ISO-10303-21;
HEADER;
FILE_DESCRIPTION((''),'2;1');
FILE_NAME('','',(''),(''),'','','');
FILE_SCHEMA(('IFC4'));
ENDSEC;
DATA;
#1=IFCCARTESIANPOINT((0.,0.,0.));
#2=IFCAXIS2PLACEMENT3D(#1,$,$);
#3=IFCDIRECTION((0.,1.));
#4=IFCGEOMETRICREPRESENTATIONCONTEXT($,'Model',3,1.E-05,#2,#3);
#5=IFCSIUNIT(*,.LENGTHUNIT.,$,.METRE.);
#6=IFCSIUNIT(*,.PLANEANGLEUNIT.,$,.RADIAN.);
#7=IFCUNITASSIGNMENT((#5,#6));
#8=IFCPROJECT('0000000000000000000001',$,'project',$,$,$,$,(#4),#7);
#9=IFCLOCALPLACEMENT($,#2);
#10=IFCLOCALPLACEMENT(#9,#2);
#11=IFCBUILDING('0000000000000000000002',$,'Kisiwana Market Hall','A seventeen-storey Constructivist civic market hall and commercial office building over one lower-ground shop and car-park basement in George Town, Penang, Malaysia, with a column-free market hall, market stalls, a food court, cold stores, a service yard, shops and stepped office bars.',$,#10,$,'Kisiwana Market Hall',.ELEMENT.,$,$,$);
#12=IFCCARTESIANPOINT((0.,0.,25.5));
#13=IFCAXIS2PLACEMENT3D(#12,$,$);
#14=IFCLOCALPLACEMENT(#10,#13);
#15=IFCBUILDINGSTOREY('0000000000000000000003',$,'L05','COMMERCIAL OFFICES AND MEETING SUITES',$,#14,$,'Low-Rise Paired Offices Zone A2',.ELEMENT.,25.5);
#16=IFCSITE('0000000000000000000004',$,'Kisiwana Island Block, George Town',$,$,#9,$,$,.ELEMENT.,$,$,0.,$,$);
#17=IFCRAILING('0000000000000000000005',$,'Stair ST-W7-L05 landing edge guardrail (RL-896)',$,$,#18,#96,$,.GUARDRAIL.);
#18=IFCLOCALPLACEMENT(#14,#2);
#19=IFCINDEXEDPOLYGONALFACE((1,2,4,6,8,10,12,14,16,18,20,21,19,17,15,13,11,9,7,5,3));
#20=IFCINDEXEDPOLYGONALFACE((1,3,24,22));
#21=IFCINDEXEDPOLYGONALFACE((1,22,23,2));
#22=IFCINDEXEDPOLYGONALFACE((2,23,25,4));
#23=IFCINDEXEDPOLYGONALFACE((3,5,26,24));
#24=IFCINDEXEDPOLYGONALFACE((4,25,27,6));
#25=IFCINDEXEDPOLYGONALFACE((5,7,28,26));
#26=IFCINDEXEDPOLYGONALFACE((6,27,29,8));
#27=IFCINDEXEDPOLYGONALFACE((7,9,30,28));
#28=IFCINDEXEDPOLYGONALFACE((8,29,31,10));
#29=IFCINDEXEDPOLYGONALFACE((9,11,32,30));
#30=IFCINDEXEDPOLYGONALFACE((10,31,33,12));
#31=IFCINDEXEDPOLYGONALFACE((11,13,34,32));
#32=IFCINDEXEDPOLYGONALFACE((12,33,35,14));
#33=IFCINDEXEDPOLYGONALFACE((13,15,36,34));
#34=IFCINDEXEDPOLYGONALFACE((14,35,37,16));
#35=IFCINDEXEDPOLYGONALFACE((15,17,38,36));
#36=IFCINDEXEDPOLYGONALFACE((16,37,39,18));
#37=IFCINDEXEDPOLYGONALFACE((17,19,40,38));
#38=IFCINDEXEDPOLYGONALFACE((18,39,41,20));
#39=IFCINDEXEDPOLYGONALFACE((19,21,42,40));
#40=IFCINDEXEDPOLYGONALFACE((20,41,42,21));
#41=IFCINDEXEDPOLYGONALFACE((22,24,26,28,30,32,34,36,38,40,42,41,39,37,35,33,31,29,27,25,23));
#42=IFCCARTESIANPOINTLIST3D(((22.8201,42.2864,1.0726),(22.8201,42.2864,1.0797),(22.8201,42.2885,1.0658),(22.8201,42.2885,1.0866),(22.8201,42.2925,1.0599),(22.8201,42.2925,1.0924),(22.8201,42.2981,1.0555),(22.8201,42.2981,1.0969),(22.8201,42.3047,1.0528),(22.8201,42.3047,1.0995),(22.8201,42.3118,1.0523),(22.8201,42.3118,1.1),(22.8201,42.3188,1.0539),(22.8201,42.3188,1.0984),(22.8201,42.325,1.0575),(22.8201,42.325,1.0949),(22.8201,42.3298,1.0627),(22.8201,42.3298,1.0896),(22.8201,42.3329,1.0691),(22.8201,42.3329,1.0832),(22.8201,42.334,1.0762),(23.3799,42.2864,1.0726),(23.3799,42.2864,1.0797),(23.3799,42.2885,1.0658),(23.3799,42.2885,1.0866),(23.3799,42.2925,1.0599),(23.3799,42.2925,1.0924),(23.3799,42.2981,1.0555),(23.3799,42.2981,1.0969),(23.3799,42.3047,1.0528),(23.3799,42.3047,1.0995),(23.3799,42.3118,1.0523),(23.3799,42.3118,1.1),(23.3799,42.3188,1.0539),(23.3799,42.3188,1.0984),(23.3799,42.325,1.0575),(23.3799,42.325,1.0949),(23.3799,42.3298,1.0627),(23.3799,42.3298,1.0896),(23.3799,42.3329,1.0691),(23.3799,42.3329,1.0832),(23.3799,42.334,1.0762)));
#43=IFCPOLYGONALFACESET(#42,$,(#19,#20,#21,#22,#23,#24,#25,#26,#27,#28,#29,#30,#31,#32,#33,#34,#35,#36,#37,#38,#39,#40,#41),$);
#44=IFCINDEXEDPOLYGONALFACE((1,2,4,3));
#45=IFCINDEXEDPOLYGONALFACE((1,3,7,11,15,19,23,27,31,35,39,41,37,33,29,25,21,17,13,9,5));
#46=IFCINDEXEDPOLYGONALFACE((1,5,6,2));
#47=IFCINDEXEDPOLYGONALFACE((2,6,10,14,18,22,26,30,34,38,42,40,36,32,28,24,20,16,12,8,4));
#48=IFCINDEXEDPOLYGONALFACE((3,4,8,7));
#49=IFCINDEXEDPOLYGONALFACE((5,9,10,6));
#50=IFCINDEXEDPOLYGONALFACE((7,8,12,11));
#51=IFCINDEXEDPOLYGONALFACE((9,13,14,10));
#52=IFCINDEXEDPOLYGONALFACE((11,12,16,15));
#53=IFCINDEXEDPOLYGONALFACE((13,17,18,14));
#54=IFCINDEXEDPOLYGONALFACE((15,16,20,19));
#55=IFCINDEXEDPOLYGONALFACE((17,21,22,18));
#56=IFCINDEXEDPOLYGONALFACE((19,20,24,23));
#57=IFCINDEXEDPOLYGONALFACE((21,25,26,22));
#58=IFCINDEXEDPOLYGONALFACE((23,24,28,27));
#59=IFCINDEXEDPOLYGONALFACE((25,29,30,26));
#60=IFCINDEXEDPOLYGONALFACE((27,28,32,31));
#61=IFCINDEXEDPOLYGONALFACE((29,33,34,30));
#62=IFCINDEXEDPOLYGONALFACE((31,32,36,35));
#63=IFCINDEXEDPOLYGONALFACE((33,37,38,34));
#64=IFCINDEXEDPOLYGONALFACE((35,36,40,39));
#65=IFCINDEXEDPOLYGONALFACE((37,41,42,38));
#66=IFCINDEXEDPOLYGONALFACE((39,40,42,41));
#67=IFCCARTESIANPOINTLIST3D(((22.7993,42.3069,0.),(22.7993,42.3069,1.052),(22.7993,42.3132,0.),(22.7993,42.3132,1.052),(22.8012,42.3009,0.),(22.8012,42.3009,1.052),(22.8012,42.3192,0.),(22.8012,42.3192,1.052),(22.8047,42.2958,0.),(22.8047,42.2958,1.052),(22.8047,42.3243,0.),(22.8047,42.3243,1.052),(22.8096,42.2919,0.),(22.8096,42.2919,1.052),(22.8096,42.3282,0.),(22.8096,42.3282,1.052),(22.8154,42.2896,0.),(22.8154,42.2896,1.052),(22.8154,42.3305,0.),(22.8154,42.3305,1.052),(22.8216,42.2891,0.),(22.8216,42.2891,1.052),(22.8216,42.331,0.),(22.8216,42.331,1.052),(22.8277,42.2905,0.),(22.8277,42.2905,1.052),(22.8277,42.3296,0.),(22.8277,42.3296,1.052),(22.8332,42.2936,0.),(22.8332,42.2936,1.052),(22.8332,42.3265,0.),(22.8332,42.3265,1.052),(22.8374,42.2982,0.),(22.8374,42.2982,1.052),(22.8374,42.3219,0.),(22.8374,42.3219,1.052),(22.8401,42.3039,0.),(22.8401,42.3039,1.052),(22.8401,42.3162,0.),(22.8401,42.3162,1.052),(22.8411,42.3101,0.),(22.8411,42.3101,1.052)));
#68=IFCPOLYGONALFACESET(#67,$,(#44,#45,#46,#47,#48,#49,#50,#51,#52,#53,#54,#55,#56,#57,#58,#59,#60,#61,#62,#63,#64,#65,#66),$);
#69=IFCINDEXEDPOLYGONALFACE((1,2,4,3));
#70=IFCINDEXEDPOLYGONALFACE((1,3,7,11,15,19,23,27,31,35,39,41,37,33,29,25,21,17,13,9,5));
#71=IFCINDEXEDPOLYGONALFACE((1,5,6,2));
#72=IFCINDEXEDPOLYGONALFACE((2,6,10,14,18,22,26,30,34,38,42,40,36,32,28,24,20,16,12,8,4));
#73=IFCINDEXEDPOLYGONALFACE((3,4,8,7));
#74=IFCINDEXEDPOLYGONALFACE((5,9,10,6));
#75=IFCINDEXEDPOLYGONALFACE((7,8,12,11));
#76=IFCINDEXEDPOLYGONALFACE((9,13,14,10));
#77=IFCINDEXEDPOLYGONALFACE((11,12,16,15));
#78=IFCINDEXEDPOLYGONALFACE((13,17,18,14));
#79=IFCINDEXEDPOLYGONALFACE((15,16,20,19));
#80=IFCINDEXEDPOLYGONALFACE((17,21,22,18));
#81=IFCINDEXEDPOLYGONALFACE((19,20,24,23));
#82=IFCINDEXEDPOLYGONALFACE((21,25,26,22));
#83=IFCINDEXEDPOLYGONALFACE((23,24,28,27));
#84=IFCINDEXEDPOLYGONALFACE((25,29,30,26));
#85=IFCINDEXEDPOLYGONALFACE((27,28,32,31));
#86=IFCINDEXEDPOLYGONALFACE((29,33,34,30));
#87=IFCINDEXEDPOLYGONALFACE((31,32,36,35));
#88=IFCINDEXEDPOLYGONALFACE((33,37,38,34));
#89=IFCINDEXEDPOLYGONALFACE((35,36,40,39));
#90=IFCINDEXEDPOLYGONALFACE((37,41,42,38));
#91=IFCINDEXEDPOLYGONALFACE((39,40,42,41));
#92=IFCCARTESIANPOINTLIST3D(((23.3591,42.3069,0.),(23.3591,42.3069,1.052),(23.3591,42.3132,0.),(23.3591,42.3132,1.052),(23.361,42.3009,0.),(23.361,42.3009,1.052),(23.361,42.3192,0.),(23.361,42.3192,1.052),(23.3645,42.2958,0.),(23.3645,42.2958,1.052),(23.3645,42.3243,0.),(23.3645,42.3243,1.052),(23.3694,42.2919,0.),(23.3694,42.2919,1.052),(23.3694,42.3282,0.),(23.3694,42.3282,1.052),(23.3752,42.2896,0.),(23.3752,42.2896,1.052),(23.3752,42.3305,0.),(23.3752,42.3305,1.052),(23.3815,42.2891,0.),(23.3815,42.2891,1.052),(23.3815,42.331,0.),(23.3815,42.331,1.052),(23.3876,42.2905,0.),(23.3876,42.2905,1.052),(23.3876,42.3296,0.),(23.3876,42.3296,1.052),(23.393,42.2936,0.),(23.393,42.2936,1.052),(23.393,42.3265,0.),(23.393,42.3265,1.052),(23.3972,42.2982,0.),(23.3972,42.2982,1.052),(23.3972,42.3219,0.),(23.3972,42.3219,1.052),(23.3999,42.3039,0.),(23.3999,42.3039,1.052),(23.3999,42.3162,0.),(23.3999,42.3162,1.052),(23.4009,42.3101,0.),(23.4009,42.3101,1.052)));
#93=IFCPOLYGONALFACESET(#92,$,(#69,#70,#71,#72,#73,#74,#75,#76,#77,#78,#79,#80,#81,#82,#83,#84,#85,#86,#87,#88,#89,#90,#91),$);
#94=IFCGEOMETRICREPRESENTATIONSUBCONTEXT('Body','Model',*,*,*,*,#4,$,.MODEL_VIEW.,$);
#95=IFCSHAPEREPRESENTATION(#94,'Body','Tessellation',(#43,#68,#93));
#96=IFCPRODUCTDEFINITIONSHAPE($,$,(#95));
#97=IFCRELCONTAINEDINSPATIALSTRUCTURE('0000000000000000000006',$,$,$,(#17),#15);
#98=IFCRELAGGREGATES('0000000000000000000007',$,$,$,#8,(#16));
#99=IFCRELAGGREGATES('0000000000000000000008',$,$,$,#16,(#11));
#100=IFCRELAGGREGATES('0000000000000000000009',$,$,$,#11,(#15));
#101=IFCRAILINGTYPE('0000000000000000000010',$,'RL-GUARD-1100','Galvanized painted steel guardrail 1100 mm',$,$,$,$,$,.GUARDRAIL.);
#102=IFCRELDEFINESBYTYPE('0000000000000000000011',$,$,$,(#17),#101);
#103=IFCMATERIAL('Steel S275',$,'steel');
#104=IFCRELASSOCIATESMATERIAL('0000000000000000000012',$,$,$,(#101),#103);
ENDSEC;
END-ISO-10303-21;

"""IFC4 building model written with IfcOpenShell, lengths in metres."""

from ifc_helpers import new_model, si_unit, direction, frame, origin, origin_2d, place, context, subcontext, project, spatial, circle, extrude, material, type_object, element, save


model = new_model("IFC4")

# Units and contexts
model_context = context("Model", 3, precision=1e-05, world=origin(), true_north=direction((0.0, 1.0)))
body_context = subcontext(model_context, "Body", "Model", "MODEL_VIEW")
ifc_project = project(units=[si_unit("LENGTHUNIT", "METRE"), si_unit("PLANEANGLEUNIT", "RADIAN")], contexts=[model_context])

# Site, building, storey
site_placement = place(None, origin())
site = spatial("IfcSite", under=ifc_project, at=site_placement, Name="Kisiwana Island Block, George Town", CompositionType="ELEMENT", RefElevation=0.0)
building_placement = place(site_placement, origin())
building = spatial("IfcBuilding", under=site, at=building_placement, Name="Kisiwana Market Hall", Description="A seventeen-storey Constructivist civic market hall and commercial office building over one lower-ground shop and car-park basement in George Town, Penang, Malaysia, with a column-free market hall, market stalls, a food court, cold stores, a service yard, shops and stepped office bars.", LongName="Kisiwana Market Hall", CompositionType="ELEMENT")
storey_placement = place(building_placement, frame((0.0, 0.0, 25.5)))
storey = spatial("IfcBuildingStorey", under=building, at=storey_placement, Name="L05", Description="COMMERCIAL OFFICES AND MEETING SUITES", LongName="Low-Rise Paired Offices Zone A2", CompositionType="ELEMENT", Elevation=25.5)

# Railing
ifc_material_1 = material(Name="Steel S275", Category="steel")
railing_type_1 = type_object("IfcRailingType", Name="RL-GUARD-1100", Description="Galvanized painted steel guardrail 1100 mm", PredefinedType="GUARDRAIL", material=ifc_material_1)
railing_1_placement = place(storey_placement, frame((22.8201, 42.3101, 0.0)))
element("IfcRailing", 1, at=railing_1_placement, inside=storey, type_object=railing_type_1, Name="Stair ST-W7-L05 landing edge guardrail (RL-896)", PredefinedType="GUARDRAIL", context=body_context, shape_type="SweptSolid", body=[
    extrude(circle(Radius=0.0239, at=origin_2d()), frame((0.0, 0.0, 1.0762), z_axis=(1.0, 0.0, 0.0), x_axis=(0.0, 1.0, 0.0)), (0.0, 0.0, 1.0), 0.5598),
    extrude(circle(Radius=0.021, at=origin_2d()), origin(), (0.0, 0.0, 1.0), 1.052),
    extrude(circle(Radius=0.021, at=origin_2d()), frame((0.5598, 0.0, 0.0)), (0.0, 0.0, 1.0), 1.052),
])

save(model, "model.ifc")
